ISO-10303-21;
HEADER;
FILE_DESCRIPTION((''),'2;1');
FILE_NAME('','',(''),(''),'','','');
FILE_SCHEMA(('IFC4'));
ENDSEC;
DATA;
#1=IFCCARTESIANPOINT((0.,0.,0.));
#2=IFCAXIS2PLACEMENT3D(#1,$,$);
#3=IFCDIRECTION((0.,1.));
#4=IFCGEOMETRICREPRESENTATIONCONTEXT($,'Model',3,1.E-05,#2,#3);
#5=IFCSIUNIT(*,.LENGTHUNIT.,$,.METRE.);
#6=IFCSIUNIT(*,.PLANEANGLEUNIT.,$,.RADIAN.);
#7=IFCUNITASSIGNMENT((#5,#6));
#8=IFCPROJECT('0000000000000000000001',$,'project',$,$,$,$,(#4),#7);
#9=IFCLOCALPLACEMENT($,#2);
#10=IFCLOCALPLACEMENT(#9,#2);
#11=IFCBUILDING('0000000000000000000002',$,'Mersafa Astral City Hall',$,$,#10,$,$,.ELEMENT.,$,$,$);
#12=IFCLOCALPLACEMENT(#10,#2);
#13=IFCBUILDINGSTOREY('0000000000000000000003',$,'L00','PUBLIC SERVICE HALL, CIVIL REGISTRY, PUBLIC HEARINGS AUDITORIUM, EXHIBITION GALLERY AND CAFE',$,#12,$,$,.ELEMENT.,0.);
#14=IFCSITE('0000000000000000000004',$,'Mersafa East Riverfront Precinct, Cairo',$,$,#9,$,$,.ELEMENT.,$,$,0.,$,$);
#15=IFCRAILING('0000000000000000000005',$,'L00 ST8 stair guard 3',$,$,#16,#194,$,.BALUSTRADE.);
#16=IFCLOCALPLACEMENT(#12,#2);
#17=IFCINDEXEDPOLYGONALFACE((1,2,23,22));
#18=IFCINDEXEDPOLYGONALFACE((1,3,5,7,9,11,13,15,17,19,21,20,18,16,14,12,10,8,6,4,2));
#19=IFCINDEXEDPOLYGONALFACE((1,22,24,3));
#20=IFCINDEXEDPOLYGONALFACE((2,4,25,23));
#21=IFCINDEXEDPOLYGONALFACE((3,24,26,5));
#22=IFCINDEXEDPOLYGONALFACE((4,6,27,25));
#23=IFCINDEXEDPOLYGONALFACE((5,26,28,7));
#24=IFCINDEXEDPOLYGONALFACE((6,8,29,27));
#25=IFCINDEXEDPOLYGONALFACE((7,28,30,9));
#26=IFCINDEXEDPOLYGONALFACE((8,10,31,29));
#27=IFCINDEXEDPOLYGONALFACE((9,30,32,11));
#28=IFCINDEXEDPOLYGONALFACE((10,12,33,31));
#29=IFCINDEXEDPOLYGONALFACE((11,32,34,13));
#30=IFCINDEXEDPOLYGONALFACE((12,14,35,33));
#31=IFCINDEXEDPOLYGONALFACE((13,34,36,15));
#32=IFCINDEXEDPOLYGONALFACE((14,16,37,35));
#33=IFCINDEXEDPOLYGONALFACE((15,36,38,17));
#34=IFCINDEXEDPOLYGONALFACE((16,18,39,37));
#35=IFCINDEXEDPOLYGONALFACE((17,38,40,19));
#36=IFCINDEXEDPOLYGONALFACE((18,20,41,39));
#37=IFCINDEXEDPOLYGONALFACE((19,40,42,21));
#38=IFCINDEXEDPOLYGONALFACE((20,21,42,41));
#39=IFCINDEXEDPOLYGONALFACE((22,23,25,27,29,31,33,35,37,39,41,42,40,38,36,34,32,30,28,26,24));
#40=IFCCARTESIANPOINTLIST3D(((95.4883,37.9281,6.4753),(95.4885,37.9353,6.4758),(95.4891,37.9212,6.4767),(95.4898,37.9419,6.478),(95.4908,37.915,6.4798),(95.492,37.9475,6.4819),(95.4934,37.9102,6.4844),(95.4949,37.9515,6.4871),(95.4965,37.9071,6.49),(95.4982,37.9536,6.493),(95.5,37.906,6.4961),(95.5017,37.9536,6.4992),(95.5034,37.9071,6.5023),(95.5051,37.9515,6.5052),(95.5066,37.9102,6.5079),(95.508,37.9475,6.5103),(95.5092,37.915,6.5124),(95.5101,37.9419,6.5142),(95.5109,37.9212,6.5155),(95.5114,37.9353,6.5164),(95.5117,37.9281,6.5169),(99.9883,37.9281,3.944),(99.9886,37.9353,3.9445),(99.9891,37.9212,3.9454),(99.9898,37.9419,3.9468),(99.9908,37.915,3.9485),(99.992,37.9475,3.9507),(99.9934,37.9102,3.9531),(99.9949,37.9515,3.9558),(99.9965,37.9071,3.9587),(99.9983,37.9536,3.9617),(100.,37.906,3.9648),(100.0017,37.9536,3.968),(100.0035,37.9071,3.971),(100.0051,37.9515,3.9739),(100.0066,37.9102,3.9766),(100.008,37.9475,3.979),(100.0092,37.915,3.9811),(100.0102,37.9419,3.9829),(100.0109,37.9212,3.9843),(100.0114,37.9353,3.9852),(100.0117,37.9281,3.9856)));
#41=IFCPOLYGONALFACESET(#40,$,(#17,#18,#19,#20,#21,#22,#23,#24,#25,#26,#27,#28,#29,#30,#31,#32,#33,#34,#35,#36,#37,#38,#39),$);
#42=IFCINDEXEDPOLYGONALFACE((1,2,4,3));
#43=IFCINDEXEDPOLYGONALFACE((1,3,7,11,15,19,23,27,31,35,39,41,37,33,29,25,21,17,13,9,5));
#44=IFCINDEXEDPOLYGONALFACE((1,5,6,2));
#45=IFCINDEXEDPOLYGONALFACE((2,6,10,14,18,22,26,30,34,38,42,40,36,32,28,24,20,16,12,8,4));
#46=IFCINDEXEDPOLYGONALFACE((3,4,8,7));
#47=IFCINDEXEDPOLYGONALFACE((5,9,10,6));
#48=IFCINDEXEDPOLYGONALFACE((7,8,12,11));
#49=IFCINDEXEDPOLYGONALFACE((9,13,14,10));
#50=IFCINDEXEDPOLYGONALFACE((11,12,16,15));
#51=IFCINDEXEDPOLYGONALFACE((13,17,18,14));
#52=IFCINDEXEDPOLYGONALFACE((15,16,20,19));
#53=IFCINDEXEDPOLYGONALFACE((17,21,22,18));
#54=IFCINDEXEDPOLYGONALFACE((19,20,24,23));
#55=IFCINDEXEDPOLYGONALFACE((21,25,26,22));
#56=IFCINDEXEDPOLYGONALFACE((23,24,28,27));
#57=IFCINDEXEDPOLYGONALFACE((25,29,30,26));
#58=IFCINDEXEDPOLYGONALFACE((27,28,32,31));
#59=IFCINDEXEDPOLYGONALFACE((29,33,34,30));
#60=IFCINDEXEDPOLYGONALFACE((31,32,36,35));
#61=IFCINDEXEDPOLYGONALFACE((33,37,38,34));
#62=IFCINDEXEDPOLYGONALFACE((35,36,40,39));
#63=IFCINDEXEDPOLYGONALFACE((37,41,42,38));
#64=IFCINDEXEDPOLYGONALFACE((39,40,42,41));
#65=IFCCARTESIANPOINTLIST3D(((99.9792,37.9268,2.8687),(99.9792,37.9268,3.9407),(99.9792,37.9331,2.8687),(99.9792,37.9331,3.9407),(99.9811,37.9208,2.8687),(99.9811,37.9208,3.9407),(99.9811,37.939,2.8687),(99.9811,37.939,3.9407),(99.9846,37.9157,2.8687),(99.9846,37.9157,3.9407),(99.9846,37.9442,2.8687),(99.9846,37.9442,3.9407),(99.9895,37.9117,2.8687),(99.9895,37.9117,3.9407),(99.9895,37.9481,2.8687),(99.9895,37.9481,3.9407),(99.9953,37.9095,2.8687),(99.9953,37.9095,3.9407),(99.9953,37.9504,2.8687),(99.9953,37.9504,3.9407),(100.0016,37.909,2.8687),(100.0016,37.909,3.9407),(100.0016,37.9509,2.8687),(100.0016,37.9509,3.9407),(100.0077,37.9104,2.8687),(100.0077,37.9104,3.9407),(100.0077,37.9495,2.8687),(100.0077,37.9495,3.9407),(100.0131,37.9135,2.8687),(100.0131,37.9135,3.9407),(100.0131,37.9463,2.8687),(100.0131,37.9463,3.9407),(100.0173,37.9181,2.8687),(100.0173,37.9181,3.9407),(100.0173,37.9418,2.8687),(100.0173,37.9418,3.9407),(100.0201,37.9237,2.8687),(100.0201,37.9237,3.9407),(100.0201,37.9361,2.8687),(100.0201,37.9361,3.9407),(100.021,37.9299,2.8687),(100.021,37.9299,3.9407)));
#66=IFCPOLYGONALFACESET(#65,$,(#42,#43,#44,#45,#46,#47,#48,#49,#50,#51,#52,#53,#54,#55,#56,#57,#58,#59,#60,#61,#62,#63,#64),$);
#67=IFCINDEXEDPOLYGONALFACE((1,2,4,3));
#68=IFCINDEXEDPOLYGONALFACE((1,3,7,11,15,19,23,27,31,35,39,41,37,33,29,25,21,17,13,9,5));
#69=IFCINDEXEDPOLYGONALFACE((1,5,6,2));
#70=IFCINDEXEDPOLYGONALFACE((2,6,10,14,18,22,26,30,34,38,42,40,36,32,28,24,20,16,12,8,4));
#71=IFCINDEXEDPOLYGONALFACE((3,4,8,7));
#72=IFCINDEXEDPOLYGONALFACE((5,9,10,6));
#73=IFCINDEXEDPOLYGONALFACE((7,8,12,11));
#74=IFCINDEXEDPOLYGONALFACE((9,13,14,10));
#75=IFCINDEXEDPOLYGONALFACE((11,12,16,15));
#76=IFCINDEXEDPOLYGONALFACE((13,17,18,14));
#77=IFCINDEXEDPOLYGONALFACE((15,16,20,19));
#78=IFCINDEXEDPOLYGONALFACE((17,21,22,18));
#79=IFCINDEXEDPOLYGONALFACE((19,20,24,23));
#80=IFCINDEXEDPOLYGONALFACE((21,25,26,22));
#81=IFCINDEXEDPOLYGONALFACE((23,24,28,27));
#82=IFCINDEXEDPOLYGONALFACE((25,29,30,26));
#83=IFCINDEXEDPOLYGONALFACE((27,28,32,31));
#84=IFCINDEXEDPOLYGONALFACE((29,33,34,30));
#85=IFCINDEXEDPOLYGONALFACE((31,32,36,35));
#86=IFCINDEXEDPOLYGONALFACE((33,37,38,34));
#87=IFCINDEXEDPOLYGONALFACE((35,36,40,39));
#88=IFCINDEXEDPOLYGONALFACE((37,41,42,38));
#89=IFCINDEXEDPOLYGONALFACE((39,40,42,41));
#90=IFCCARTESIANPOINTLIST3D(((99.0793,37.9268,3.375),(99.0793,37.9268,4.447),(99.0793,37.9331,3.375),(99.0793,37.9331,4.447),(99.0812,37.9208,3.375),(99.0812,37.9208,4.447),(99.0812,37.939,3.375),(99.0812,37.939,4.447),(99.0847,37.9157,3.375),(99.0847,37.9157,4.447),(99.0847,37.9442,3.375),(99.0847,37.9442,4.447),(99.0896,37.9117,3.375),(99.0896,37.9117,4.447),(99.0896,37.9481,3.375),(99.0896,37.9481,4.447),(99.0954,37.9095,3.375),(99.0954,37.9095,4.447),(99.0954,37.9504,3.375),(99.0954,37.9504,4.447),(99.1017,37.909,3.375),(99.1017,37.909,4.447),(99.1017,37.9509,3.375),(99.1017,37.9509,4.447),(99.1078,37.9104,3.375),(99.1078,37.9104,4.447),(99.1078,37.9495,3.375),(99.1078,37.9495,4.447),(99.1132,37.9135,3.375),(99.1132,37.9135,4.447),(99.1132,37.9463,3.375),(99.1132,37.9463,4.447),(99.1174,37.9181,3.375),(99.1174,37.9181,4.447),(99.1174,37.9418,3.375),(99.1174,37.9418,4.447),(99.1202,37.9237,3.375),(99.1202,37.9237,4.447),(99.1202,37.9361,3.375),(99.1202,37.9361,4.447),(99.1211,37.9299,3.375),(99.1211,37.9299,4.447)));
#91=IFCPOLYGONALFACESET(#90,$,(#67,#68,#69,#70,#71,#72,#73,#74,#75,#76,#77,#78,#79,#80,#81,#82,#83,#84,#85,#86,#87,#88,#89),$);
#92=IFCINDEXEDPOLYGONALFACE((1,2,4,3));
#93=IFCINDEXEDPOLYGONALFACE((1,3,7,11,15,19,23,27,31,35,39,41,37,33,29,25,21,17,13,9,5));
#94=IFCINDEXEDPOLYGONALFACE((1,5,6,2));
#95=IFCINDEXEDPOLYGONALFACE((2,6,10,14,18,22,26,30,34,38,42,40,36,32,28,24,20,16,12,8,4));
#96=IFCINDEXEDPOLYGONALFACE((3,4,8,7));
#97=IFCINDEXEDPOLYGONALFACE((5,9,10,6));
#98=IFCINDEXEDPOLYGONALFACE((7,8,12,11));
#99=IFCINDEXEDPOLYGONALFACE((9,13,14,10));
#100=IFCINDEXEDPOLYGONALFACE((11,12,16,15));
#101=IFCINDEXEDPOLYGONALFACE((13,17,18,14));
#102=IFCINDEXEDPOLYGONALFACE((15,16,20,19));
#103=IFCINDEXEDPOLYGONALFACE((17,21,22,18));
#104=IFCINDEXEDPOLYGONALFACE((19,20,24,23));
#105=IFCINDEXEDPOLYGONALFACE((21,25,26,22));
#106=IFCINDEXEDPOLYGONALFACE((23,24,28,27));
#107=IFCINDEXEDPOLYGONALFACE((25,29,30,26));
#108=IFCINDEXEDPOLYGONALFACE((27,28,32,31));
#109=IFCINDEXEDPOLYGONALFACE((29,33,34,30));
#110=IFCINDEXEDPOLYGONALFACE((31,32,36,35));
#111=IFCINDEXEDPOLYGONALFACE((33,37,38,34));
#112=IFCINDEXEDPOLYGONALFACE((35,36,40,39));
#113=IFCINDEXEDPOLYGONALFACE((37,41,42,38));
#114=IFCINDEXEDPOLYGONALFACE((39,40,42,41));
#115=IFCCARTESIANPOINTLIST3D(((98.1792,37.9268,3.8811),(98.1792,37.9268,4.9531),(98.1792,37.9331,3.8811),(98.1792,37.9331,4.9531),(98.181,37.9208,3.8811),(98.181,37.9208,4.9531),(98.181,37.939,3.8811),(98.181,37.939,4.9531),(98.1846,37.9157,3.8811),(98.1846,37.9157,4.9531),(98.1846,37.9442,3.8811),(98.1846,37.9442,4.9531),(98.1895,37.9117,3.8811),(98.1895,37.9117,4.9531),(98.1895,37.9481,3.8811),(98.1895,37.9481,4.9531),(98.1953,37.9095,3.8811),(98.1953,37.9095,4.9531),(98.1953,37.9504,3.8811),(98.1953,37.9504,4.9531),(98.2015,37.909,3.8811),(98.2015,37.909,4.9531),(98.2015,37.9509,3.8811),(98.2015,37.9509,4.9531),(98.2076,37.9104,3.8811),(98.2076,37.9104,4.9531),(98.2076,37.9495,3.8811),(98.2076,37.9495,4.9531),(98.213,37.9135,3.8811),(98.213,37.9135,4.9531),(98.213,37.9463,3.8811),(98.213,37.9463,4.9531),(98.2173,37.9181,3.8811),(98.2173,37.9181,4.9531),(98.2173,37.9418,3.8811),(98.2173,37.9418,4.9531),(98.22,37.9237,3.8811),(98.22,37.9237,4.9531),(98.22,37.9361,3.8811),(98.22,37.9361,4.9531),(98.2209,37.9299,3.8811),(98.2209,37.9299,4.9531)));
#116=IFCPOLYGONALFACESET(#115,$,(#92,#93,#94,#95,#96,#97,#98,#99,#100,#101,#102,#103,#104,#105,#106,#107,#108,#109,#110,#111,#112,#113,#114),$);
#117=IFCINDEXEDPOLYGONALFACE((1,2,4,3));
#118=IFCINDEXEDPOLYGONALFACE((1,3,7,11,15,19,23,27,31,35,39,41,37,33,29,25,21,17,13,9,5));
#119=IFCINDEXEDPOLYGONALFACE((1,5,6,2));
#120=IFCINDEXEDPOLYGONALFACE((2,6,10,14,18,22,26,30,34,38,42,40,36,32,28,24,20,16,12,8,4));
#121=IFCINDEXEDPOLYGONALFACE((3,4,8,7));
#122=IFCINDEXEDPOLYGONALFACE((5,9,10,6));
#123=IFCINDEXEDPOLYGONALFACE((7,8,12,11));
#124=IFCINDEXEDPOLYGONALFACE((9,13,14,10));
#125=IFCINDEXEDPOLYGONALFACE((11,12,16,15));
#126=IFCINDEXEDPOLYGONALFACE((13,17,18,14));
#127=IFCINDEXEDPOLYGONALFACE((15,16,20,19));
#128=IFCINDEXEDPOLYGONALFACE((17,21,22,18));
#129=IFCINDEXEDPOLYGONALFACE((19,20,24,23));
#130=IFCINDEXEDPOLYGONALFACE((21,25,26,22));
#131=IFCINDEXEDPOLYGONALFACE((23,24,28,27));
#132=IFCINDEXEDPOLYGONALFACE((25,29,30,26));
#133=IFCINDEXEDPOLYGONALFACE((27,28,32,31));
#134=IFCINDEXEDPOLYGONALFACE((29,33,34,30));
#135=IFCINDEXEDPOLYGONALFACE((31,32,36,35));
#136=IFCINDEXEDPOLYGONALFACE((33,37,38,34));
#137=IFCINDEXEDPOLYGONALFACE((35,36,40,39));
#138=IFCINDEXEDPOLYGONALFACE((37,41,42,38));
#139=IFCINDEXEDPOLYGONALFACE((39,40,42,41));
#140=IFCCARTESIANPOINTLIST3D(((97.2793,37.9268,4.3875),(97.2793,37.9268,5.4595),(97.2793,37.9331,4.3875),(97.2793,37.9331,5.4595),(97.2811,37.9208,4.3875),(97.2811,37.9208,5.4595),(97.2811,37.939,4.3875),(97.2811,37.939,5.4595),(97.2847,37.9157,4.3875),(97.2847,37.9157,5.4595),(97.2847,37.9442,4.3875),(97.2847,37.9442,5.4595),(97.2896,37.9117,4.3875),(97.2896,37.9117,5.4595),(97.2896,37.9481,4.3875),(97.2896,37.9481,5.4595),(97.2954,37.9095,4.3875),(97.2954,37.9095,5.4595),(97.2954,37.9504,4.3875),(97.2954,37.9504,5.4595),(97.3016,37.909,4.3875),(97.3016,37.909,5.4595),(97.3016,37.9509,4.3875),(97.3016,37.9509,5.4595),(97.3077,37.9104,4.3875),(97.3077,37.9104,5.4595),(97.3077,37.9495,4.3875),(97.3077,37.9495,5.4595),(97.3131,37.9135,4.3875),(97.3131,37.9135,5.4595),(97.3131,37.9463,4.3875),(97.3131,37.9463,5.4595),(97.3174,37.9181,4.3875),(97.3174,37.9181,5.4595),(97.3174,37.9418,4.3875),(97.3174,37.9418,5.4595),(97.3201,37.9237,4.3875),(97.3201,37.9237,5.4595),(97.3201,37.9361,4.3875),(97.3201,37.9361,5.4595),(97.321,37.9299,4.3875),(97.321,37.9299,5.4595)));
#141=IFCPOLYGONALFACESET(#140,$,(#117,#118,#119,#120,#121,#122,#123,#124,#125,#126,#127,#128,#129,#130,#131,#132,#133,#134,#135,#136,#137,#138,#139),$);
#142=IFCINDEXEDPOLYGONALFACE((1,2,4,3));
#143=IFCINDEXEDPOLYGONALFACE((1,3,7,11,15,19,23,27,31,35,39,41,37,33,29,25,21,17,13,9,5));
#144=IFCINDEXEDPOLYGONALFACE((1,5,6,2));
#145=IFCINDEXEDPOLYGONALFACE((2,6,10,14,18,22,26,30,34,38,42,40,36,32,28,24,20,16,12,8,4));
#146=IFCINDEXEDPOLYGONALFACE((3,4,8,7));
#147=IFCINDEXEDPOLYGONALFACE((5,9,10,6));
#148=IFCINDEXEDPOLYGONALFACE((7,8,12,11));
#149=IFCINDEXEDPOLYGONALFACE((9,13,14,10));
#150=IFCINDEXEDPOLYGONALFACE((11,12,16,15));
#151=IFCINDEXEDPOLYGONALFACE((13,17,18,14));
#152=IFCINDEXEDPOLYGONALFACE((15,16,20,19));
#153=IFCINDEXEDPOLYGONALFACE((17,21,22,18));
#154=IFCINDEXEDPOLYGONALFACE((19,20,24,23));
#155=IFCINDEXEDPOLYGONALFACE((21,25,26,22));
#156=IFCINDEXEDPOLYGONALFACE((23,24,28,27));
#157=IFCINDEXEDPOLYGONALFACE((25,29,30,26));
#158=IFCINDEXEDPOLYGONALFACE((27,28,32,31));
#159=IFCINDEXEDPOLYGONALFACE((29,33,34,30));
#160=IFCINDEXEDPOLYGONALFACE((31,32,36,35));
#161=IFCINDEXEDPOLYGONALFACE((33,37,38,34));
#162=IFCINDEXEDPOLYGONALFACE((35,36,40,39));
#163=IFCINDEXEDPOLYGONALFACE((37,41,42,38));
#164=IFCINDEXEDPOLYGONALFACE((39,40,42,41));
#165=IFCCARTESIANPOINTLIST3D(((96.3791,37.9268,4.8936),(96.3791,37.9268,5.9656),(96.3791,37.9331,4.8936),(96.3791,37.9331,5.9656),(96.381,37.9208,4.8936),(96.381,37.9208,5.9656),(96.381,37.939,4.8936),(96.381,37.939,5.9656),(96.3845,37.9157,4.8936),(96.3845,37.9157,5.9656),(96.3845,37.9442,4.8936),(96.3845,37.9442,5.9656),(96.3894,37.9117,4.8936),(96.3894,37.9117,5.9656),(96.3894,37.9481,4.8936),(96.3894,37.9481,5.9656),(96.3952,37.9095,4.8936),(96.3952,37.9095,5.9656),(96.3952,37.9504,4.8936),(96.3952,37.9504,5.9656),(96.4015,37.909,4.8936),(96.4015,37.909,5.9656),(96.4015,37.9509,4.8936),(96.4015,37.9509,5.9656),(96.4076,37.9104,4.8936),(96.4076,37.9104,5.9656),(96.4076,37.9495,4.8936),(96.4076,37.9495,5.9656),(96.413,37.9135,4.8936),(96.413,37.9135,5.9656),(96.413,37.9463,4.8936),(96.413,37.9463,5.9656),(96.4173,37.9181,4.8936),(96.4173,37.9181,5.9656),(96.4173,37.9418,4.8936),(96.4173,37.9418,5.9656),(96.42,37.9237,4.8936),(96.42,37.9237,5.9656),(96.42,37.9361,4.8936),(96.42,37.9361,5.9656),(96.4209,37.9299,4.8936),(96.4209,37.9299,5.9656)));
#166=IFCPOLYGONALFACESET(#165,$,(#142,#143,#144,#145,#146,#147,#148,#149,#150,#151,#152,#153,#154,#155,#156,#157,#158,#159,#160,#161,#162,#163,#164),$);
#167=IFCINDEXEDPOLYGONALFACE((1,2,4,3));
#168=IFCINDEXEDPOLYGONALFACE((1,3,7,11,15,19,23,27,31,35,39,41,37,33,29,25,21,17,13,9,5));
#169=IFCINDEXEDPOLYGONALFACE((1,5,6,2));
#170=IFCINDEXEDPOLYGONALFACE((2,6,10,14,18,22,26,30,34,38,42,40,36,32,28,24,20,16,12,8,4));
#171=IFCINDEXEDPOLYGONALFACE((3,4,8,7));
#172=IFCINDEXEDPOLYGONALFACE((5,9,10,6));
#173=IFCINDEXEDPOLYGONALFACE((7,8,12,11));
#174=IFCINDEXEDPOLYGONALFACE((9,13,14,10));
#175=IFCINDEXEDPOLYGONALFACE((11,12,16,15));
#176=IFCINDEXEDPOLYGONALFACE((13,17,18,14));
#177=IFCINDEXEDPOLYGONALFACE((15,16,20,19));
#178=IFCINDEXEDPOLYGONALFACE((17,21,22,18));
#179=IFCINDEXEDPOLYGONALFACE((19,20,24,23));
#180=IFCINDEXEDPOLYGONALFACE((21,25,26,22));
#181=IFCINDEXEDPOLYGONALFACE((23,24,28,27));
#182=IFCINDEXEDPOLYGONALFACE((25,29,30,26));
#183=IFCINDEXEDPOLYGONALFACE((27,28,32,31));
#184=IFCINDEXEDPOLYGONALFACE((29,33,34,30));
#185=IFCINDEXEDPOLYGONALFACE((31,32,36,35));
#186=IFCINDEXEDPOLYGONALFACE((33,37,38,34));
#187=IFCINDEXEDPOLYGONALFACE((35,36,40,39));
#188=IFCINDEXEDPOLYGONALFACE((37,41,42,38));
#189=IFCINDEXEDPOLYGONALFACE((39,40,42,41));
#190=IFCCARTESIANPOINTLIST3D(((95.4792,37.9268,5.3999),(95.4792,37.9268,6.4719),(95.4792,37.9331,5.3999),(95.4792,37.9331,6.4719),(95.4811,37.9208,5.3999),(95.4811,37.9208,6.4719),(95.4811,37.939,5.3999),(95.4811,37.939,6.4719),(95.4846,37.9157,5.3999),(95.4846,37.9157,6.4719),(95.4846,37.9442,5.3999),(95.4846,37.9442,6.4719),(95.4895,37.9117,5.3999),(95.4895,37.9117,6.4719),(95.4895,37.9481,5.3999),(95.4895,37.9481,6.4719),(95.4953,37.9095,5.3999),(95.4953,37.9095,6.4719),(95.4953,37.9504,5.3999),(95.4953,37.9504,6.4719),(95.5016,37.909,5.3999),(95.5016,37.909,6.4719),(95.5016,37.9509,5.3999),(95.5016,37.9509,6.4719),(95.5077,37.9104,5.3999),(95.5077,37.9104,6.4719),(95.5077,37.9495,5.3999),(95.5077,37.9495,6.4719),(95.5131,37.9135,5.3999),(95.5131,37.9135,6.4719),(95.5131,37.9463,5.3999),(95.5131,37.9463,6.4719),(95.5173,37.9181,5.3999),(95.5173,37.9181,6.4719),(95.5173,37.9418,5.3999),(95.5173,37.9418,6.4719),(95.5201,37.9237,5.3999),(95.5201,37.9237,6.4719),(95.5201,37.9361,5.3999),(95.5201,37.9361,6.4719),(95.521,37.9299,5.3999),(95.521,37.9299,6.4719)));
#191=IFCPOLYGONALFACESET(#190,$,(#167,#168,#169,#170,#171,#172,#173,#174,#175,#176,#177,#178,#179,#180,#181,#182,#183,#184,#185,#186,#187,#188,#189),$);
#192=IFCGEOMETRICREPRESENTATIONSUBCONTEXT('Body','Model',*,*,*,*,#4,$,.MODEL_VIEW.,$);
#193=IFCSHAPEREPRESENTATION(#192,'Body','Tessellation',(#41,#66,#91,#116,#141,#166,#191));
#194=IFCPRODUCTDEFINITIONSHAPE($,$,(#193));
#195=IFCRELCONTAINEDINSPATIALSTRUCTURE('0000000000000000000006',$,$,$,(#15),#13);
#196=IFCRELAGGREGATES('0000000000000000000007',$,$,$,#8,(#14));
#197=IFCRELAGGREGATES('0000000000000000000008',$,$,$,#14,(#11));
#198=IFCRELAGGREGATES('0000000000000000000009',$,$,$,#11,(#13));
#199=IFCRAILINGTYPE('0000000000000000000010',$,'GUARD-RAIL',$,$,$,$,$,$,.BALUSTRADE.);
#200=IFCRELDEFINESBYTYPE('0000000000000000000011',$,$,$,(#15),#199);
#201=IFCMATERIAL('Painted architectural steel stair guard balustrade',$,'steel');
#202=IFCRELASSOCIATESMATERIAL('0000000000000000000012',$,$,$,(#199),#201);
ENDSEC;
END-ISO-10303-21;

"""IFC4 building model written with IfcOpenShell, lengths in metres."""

from ifc_helpers import new_model, si_unit, direction, frame, origin, origin_2d, place, context, subcontext, project, spatial, circle, extrude, material, type_object, element, save


model = new_model("IFC4")

# Units and contexts
model_context = context("Model", 3, precision=1e-05, world=origin(), true_north=direction((0.0, 1.0)))
body_context = subcontext(model_context, "Body", "Model", "MODEL_VIEW")
ifc_project = project(units=[si_unit("LENGTHUNIT", "METRE"), si_unit("PLANEANGLEUNIT", "RADIAN")], contexts=[model_context])

# Site, building, storey
site_placement = place(None, origin())
site = spatial("IfcSite", under=ifc_project, at=site_placement, Name="Mersafa East Riverfront Precinct, Cairo", CompositionType="ELEMENT", RefElevation=0.0)
building_placement = place(site_placement, origin())
building = spatial("IfcBuilding", under=site, at=building_placement, Name="Mersafa Astral City Hall", CompositionType="ELEMENT")
storey_placement = place(building_placement, origin())
storey = spatial("IfcBuildingStorey", under=building, at=storey_placement, Name="L00", Description="PUBLIC SERVICE HALL, CIVIL REGISTRY, PUBLIC HEARINGS AUDITORIUM, EXHIBITION GALLERY AND CAFE", CompositionType="ELEMENT", Elevation=0.0)

# Railing
ifc_material_1 = material(Name="Painted architectural steel stair guard balustrade", Category="steel")
railing_type_1 = type_object("IfcRailingType", Name="GUARD-RAIL", PredefinedType="BALUSTRADE", material=ifc_material_1)
railing_1_placement = place(storey_placement, frame((100.0, 37.9299, 2.8687)))
element("IfcRailing", 1, at=railing_1_placement, inside=storey, type_object=railing_type_1, Name="L00 ST8 stair guard 3", PredefinedType="BALUSTRADE", context=body_context, shape_type="SweptSolid", body=[
    extrude(circle(Radius=0.0239, at=origin_2d()), frame((0.0, 0.0, 1.0962), z_axis=(-0.871576, 0.0, 0.490261), x_axis=(0.0, -1.0, 0.0)), (0.0, 0.0, 1.0), 5.1631),
    extrude(circle(Radius=0.021, at=origin_2d()), origin(), (0.0, 0.0, 1.0), 1.072),
    extrude(circle(Radius=0.021, at=origin_2d()), frame((-0.8999, 0.0, 0.5063)), (0.0, 0.0, 1.0), 1.072),
    extrude(circle(Radius=0.021, at=origin_2d()), frame((-1.8, 0.0, 1.0125)), (0.0, 0.0, 1.0), 1.072),
    extrude(circle(Radius=0.021, at=origin_2d()), frame((-2.7, 0.0, 1.5188)), (0.0, 0.0, 1.0), 1.072),
    extrude(circle(Radius=0.021, at=origin_2d()), frame((-3.6001, 0.0, 2.0249)), (0.0, 0.0, 1.0), 1.072),
    extrude(circle(Radius=0.021, at=origin_2d()), frame((-4.5, 0.0, 2.5312)), (0.0, 0.0, 1.0), 1.072),
])

save(model, "model.ifc")
